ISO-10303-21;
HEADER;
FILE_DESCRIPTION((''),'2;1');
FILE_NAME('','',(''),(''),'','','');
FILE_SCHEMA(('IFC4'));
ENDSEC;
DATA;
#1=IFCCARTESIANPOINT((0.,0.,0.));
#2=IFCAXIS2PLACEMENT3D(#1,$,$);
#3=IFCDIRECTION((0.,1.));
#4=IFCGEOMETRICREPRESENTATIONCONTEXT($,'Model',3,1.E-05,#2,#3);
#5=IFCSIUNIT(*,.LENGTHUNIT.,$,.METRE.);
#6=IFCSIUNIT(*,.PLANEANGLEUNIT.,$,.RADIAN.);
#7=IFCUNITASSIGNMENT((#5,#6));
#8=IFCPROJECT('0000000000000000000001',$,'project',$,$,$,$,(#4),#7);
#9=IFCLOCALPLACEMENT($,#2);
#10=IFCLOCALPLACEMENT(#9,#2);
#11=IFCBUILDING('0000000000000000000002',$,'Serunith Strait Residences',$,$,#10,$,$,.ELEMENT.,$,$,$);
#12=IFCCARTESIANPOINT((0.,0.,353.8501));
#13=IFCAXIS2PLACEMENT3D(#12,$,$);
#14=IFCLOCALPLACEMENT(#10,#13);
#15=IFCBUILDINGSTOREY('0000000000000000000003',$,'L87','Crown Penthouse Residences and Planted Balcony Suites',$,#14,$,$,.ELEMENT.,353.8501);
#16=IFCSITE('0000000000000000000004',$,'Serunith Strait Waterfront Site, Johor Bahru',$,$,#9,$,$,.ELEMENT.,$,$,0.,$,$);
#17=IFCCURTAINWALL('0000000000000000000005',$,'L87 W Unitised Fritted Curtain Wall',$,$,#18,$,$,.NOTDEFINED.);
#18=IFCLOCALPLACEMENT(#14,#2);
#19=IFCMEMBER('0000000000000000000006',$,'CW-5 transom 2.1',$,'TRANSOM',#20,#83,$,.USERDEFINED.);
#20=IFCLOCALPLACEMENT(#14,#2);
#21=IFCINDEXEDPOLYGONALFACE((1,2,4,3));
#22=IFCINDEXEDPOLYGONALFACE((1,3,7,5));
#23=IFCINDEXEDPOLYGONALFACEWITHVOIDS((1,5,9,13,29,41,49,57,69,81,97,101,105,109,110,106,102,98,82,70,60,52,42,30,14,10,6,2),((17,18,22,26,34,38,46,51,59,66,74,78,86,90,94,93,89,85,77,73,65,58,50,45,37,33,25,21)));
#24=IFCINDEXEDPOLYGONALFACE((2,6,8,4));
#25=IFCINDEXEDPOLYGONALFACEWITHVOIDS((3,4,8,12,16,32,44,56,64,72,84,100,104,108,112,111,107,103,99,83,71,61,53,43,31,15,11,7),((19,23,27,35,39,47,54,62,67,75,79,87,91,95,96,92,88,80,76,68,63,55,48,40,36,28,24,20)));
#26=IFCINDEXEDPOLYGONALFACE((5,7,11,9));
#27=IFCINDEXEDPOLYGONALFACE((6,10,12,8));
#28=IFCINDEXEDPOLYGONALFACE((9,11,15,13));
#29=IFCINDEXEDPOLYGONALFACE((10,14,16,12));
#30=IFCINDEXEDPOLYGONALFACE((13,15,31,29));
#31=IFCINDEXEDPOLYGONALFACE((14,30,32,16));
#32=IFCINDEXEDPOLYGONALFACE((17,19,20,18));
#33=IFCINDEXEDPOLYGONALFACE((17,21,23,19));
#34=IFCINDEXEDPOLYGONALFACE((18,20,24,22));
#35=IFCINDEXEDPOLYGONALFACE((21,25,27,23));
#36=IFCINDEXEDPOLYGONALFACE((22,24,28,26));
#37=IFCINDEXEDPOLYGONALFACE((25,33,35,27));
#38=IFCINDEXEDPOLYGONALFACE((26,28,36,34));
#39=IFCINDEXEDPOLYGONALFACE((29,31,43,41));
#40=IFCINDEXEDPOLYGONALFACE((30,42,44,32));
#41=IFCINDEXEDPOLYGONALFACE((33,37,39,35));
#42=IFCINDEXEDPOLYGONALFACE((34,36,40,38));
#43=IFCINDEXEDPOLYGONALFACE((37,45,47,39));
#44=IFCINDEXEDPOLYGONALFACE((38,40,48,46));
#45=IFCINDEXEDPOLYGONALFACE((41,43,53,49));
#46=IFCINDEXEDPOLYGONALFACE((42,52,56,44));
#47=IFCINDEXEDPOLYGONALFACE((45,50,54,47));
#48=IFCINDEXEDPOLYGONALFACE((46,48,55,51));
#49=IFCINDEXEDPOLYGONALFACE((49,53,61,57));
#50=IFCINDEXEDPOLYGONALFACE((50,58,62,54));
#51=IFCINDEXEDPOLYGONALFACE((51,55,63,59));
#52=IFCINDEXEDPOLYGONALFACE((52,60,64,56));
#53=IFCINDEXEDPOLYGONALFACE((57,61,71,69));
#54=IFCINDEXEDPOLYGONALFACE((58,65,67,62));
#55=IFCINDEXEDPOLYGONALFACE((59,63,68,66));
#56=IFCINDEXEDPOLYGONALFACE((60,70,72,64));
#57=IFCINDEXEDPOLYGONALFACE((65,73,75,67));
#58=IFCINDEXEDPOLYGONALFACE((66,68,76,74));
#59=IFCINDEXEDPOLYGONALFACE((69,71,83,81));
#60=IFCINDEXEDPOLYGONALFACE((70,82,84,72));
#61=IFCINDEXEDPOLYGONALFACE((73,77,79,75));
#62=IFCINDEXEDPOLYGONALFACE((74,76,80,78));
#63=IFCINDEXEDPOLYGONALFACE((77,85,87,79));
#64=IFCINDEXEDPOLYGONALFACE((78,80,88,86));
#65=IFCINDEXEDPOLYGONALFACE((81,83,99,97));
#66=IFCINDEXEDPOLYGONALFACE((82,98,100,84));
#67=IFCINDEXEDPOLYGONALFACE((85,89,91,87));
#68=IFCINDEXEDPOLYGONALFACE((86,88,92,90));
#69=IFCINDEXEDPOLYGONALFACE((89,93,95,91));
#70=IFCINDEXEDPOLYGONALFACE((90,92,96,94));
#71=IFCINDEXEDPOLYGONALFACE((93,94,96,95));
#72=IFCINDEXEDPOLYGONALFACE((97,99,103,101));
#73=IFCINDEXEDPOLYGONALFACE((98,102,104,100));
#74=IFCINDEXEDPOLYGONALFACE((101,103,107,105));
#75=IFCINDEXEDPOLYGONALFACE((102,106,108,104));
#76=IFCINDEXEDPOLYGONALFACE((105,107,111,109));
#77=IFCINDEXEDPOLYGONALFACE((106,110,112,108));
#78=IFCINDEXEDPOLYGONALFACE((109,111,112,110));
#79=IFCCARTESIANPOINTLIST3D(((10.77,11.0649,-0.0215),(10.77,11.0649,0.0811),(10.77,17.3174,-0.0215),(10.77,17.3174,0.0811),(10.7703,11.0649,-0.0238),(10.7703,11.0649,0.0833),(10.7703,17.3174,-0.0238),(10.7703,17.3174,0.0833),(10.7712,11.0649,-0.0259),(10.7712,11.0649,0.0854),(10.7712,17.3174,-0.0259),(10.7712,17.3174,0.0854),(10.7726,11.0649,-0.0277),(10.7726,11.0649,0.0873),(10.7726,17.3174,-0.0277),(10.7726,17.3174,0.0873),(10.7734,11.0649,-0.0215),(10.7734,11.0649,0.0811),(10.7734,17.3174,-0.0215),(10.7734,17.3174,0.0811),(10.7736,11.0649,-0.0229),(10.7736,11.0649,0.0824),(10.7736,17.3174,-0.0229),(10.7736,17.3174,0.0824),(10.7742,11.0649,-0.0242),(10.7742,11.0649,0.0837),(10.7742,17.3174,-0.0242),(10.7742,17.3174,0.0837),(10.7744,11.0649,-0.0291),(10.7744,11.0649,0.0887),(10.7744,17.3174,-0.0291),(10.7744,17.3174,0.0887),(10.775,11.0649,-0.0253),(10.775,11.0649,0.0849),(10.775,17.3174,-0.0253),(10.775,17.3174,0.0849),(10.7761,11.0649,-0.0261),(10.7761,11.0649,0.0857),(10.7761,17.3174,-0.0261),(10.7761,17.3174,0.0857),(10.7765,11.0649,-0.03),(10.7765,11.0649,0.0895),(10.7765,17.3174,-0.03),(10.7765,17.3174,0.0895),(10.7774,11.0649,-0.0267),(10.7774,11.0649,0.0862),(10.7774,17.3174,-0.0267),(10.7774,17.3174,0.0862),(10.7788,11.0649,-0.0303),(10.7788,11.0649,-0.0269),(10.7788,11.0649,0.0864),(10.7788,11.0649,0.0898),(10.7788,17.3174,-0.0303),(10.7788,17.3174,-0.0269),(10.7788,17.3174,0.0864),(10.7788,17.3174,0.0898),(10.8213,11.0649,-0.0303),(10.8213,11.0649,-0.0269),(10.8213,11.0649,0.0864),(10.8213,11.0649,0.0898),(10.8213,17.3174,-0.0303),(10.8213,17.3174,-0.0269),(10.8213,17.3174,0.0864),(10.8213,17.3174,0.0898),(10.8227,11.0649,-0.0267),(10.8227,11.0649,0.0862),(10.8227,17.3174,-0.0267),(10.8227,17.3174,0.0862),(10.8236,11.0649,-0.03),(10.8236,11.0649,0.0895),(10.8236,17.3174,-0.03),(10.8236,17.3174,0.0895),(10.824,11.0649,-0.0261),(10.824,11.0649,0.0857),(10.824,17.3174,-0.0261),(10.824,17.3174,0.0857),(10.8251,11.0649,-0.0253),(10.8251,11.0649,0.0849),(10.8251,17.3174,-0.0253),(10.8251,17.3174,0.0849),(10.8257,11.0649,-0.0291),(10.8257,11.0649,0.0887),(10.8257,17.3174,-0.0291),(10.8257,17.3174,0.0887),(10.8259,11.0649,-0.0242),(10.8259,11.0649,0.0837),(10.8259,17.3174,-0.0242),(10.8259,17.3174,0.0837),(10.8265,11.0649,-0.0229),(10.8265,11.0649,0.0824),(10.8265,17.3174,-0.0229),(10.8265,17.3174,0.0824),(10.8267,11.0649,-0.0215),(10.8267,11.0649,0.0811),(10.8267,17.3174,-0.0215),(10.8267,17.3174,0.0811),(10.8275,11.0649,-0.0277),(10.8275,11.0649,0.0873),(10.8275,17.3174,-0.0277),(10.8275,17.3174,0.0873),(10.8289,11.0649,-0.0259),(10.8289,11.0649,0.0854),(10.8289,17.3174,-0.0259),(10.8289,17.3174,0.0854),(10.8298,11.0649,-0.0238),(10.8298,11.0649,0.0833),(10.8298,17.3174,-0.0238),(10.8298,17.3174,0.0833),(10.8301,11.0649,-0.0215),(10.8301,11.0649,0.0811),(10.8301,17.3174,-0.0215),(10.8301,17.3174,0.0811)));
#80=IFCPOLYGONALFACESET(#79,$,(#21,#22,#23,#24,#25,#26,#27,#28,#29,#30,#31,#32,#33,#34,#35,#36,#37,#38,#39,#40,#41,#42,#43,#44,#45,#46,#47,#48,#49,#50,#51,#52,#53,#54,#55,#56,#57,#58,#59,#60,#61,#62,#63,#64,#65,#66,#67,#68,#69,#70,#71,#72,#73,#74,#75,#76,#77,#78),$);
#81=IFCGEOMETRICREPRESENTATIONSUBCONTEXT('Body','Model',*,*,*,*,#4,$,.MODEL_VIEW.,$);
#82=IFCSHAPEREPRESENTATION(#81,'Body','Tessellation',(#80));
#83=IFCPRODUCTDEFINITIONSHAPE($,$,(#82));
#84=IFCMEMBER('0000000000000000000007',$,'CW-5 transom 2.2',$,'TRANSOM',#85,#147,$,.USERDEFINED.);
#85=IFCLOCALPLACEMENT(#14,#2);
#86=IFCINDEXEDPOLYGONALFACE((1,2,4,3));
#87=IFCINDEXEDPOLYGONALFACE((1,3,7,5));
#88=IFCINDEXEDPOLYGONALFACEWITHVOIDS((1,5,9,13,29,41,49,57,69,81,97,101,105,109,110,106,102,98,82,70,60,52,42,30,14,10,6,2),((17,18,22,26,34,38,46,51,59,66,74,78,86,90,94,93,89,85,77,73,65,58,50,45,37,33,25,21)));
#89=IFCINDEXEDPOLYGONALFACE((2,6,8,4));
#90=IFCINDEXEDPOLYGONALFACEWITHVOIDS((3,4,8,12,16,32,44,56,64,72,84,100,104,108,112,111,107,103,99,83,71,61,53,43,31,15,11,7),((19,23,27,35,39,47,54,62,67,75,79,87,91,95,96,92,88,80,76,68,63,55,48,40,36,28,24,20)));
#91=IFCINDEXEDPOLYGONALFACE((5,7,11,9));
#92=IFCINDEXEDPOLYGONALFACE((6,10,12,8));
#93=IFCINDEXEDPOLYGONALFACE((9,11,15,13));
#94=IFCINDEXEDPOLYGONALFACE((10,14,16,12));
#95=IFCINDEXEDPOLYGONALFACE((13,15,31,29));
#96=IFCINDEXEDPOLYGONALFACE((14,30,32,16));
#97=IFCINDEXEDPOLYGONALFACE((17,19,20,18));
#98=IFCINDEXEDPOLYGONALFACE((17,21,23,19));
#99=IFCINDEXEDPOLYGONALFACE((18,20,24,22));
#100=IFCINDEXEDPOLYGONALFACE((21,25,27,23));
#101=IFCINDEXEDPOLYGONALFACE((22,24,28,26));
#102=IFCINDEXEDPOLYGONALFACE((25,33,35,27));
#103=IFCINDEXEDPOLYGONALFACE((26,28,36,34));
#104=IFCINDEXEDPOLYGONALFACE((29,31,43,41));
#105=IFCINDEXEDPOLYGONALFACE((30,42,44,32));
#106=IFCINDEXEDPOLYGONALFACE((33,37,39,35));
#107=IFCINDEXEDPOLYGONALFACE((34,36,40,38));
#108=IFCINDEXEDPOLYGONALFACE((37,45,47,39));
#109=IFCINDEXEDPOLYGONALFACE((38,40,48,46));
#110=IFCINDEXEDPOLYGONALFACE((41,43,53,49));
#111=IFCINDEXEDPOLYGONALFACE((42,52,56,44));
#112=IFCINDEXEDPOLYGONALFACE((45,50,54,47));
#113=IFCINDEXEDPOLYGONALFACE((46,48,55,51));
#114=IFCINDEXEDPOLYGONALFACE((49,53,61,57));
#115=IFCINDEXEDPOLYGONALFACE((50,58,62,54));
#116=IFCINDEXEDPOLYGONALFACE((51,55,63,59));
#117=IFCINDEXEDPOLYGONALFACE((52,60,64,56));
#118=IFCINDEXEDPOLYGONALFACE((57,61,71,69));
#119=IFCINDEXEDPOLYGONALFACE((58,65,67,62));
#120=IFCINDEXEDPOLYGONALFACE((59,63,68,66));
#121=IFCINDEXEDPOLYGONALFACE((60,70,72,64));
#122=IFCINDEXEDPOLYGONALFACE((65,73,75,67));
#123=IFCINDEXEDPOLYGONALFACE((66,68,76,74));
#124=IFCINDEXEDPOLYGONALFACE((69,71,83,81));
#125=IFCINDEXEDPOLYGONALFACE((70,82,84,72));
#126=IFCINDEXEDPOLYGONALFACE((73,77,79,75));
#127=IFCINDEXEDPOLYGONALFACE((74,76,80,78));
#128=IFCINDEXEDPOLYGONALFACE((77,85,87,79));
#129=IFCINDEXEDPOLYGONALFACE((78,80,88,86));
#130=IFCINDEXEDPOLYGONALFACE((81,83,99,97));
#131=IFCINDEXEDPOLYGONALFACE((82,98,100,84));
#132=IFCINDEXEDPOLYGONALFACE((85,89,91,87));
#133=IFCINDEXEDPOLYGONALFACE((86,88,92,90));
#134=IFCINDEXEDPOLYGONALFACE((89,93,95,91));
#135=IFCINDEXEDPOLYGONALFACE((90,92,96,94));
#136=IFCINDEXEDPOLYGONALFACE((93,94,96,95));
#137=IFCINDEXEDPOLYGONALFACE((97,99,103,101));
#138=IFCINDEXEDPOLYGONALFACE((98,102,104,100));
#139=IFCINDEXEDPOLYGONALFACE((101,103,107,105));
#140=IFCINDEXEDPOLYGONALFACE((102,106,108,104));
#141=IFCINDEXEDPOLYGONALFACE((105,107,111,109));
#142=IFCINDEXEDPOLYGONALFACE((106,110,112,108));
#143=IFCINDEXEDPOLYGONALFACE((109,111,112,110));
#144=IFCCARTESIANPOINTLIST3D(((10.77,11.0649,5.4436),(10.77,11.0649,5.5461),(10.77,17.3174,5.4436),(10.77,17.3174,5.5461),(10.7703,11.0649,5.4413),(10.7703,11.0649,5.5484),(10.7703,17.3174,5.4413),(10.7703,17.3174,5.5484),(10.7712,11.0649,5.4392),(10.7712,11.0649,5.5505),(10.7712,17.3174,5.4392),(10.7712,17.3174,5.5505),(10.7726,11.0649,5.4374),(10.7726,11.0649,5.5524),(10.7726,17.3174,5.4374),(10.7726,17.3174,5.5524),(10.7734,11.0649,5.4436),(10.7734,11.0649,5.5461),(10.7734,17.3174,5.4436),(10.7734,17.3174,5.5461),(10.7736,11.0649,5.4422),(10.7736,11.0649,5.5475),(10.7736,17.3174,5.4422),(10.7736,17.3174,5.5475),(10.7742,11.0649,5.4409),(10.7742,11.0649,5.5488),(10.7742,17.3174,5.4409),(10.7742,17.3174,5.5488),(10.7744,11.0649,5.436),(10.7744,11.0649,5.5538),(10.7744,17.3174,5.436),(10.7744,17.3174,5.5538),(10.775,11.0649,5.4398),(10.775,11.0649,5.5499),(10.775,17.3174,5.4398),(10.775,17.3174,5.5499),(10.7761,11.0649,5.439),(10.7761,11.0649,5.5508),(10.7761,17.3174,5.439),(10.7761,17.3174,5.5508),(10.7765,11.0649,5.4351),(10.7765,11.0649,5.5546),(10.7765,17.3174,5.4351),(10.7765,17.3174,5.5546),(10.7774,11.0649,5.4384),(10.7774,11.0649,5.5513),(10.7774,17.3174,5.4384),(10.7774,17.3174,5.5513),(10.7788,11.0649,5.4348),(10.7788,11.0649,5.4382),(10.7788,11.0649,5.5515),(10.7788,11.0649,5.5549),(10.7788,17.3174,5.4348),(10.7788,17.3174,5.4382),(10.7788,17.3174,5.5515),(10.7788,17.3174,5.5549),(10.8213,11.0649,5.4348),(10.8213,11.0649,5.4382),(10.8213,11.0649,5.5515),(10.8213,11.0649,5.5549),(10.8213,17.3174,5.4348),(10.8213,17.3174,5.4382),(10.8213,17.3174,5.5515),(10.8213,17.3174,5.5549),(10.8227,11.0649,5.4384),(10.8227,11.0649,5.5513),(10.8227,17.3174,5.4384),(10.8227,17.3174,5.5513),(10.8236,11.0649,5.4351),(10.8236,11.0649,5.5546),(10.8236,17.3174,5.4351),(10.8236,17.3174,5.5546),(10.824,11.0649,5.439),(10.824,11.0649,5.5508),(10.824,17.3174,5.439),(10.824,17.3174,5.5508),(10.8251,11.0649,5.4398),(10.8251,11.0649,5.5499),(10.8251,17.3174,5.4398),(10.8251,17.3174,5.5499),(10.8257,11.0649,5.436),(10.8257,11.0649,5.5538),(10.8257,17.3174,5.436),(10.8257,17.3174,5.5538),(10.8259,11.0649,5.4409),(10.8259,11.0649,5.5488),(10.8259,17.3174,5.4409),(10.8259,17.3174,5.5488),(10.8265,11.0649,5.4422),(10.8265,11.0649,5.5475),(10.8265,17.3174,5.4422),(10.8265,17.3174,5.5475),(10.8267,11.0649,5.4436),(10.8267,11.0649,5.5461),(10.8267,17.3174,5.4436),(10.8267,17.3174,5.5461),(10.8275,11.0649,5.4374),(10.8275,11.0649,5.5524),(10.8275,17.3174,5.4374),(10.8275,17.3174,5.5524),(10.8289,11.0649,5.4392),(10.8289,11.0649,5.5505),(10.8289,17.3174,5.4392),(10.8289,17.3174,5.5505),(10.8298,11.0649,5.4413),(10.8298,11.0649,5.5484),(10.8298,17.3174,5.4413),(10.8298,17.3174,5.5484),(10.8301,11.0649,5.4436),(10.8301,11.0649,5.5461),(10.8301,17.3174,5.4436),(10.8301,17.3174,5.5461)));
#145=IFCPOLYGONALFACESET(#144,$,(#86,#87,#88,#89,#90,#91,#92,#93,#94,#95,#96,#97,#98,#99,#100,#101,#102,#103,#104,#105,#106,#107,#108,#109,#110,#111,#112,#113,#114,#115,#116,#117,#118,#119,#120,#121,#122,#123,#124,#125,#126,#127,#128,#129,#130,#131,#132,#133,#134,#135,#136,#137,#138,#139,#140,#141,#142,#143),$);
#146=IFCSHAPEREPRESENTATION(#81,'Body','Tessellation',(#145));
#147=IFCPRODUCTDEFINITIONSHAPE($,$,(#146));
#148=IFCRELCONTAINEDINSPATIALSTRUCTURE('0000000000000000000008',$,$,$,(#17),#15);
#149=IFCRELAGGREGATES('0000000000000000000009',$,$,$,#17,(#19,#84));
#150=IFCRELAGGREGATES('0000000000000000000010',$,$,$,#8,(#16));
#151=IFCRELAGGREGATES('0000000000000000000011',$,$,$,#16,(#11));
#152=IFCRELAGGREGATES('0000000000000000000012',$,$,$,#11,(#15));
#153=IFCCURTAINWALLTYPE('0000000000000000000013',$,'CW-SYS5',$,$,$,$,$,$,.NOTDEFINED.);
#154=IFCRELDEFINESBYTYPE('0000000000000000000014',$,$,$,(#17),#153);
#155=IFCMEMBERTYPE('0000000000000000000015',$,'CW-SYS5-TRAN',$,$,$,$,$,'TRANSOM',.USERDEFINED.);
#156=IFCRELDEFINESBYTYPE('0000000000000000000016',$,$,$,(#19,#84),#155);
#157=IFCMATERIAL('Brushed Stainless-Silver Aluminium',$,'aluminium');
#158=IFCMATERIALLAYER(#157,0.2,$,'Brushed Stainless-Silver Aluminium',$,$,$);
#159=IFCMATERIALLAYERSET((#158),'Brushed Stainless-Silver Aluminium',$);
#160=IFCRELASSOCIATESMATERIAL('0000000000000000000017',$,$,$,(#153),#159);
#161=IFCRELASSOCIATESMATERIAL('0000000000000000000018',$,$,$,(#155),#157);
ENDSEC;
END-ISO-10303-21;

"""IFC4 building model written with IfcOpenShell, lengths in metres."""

from ifc_helpers import new_model, si_unit, direction, frame, origin, origin_2d, place, context, subcontext, project, spatial, hollow_rectangle, extrude, source, transform, mapped, material, layer, layer_set, material_profile, profile_set, type_object, element, aggregate, save


model = new_model("IFC4")

# Units and contexts
model_context = context("Model", 3, precision=1e-05, world=origin(), true_north=direction((0.0, 1.0)))
body_context = subcontext(model_context, "Body", "Model", "MODEL_VIEW")
ifc_project = project(units=[si_unit("LENGTHUNIT", "METRE"), si_unit("PLANEANGLEUNIT", "RADIAN")], contexts=[model_context])

# Site, building, storey
site_placement = place(None, origin())
site = spatial("IfcSite", under=ifc_project, at=site_placement, Name="Serunith Strait Waterfront Site, Johor Bahru", CompositionType="ELEMENT", RefElevation=0.0)
building_placement = place(site_placement, origin())
building = spatial("IfcBuilding", under=site, at=building_placement, Name="Serunith Strait Residences", CompositionType="ELEMENT")
storey_placement = place(building_placement, frame((0.0, 0.0, 353.8501)))
storey = spatial("IfcBuildingStorey", under=building, at=storey_placement, Name="L87", Description="Crown Penthouse Residences and Planted Balcony Suites", CompositionType="ELEMENT", Elevation=353.8501)

# Curtain wall, members
ifc_material_1 = material(Name="Brushed Stainless-Silver Aluminium", Category="aluminium")
ifc_layer_1 = layer(ifc_material_1, 0.2, Name="Brushed Stainless-Silver Aluminium")
ifc_layer_set_1 = layer_set([ifc_layer_1], Name="Brushed Stainless-Silver Aluminium")
curtain_wall_type = type_object("IfcCurtainWallType", Name="CW-SYS5", PredefinedType="NOTDEFINED", material=ifc_layer_set_1)
curtain_wall_placement = place(storey_placement, origin())
curtain_wall = element("IfcCurtainWall", 1, at=curtain_wall_placement, inside=storey, type_object=curtain_wall_type, Name="L87 W Unitised Fritted Curtain Wall", PredefinedType="NOTDEFINED")
ifc_material_profile_1 = material_profile(ifc_material_1, hollow_rectangle(XDim=0.0601, YDim=0.1201, WallThickness=0.0034, InnerFilletRadius=0.0054, OuterFilletRadius=0.0088, at=origin_2d()), Name="ALU 120x60x3.5")
ifc_profile_set_1 = profile_set([ifc_material_profile_1], Name="Brushed Stainless-Silver Aluminium")
member_type_1 = type_object("IfcMemberType", Name="CW-SYS5-TRAN", ElementType="TRANSOM", PredefinedType="USERDEFINED", material=ifc_profile_set_1)
shared_shape_1 = source(origin(), body_context, "Body", "SweptSolid", [
    extrude(hollow_rectangle(XDim=0.0601, YDim=0.1201, WallThickness=0.0034, InnerFilletRadius=0.0054, OuterFilletRadius=0.0088, at=origin_2d()), origin(), (0.0, 0.0, 1.0), 6.2524),
])
member_1_placement = place(storey_placement, frame((10.8, 17.3174, 0.0298), z_axis=(0.0, -1.0, 0.0), x_axis=(1.0, 0.0, 0.0)))
member_1 = element("IfcMember", 2, at=member_1_placement, type_object=member_type_1, Name="CW-5 transom 2.1", ObjectType="TRANSOM", PredefinedType="USERDEFINED", context=body_context, shape_type="MappedRepresentation", body=[
    mapped(shared_shape_1, transform((0.0, 0.0, 0.0), scale=1.0)),
])
member_2_placement = place(storey_placement, frame((10.8, 17.3174, 5.4949), z_axis=(0.0, -1.0, 0.0), x_axis=(1.0, 0.0, 0.0)))
member_2 = element("IfcMember", 3, at=member_2_placement, type_object=member_type_1, Name="CW-5 transom 2.2", ObjectType="TRANSOM", PredefinedType="USERDEFINED", context=body_context, shape_type="MappedRepresentation", body=[
    mapped(shared_shape_1, transform((0.0, 0.0, 0.0), scale=1.0)),
])
aggregate(curtain_wall, [member_1, member_2])

save(model, "model.ifc")
